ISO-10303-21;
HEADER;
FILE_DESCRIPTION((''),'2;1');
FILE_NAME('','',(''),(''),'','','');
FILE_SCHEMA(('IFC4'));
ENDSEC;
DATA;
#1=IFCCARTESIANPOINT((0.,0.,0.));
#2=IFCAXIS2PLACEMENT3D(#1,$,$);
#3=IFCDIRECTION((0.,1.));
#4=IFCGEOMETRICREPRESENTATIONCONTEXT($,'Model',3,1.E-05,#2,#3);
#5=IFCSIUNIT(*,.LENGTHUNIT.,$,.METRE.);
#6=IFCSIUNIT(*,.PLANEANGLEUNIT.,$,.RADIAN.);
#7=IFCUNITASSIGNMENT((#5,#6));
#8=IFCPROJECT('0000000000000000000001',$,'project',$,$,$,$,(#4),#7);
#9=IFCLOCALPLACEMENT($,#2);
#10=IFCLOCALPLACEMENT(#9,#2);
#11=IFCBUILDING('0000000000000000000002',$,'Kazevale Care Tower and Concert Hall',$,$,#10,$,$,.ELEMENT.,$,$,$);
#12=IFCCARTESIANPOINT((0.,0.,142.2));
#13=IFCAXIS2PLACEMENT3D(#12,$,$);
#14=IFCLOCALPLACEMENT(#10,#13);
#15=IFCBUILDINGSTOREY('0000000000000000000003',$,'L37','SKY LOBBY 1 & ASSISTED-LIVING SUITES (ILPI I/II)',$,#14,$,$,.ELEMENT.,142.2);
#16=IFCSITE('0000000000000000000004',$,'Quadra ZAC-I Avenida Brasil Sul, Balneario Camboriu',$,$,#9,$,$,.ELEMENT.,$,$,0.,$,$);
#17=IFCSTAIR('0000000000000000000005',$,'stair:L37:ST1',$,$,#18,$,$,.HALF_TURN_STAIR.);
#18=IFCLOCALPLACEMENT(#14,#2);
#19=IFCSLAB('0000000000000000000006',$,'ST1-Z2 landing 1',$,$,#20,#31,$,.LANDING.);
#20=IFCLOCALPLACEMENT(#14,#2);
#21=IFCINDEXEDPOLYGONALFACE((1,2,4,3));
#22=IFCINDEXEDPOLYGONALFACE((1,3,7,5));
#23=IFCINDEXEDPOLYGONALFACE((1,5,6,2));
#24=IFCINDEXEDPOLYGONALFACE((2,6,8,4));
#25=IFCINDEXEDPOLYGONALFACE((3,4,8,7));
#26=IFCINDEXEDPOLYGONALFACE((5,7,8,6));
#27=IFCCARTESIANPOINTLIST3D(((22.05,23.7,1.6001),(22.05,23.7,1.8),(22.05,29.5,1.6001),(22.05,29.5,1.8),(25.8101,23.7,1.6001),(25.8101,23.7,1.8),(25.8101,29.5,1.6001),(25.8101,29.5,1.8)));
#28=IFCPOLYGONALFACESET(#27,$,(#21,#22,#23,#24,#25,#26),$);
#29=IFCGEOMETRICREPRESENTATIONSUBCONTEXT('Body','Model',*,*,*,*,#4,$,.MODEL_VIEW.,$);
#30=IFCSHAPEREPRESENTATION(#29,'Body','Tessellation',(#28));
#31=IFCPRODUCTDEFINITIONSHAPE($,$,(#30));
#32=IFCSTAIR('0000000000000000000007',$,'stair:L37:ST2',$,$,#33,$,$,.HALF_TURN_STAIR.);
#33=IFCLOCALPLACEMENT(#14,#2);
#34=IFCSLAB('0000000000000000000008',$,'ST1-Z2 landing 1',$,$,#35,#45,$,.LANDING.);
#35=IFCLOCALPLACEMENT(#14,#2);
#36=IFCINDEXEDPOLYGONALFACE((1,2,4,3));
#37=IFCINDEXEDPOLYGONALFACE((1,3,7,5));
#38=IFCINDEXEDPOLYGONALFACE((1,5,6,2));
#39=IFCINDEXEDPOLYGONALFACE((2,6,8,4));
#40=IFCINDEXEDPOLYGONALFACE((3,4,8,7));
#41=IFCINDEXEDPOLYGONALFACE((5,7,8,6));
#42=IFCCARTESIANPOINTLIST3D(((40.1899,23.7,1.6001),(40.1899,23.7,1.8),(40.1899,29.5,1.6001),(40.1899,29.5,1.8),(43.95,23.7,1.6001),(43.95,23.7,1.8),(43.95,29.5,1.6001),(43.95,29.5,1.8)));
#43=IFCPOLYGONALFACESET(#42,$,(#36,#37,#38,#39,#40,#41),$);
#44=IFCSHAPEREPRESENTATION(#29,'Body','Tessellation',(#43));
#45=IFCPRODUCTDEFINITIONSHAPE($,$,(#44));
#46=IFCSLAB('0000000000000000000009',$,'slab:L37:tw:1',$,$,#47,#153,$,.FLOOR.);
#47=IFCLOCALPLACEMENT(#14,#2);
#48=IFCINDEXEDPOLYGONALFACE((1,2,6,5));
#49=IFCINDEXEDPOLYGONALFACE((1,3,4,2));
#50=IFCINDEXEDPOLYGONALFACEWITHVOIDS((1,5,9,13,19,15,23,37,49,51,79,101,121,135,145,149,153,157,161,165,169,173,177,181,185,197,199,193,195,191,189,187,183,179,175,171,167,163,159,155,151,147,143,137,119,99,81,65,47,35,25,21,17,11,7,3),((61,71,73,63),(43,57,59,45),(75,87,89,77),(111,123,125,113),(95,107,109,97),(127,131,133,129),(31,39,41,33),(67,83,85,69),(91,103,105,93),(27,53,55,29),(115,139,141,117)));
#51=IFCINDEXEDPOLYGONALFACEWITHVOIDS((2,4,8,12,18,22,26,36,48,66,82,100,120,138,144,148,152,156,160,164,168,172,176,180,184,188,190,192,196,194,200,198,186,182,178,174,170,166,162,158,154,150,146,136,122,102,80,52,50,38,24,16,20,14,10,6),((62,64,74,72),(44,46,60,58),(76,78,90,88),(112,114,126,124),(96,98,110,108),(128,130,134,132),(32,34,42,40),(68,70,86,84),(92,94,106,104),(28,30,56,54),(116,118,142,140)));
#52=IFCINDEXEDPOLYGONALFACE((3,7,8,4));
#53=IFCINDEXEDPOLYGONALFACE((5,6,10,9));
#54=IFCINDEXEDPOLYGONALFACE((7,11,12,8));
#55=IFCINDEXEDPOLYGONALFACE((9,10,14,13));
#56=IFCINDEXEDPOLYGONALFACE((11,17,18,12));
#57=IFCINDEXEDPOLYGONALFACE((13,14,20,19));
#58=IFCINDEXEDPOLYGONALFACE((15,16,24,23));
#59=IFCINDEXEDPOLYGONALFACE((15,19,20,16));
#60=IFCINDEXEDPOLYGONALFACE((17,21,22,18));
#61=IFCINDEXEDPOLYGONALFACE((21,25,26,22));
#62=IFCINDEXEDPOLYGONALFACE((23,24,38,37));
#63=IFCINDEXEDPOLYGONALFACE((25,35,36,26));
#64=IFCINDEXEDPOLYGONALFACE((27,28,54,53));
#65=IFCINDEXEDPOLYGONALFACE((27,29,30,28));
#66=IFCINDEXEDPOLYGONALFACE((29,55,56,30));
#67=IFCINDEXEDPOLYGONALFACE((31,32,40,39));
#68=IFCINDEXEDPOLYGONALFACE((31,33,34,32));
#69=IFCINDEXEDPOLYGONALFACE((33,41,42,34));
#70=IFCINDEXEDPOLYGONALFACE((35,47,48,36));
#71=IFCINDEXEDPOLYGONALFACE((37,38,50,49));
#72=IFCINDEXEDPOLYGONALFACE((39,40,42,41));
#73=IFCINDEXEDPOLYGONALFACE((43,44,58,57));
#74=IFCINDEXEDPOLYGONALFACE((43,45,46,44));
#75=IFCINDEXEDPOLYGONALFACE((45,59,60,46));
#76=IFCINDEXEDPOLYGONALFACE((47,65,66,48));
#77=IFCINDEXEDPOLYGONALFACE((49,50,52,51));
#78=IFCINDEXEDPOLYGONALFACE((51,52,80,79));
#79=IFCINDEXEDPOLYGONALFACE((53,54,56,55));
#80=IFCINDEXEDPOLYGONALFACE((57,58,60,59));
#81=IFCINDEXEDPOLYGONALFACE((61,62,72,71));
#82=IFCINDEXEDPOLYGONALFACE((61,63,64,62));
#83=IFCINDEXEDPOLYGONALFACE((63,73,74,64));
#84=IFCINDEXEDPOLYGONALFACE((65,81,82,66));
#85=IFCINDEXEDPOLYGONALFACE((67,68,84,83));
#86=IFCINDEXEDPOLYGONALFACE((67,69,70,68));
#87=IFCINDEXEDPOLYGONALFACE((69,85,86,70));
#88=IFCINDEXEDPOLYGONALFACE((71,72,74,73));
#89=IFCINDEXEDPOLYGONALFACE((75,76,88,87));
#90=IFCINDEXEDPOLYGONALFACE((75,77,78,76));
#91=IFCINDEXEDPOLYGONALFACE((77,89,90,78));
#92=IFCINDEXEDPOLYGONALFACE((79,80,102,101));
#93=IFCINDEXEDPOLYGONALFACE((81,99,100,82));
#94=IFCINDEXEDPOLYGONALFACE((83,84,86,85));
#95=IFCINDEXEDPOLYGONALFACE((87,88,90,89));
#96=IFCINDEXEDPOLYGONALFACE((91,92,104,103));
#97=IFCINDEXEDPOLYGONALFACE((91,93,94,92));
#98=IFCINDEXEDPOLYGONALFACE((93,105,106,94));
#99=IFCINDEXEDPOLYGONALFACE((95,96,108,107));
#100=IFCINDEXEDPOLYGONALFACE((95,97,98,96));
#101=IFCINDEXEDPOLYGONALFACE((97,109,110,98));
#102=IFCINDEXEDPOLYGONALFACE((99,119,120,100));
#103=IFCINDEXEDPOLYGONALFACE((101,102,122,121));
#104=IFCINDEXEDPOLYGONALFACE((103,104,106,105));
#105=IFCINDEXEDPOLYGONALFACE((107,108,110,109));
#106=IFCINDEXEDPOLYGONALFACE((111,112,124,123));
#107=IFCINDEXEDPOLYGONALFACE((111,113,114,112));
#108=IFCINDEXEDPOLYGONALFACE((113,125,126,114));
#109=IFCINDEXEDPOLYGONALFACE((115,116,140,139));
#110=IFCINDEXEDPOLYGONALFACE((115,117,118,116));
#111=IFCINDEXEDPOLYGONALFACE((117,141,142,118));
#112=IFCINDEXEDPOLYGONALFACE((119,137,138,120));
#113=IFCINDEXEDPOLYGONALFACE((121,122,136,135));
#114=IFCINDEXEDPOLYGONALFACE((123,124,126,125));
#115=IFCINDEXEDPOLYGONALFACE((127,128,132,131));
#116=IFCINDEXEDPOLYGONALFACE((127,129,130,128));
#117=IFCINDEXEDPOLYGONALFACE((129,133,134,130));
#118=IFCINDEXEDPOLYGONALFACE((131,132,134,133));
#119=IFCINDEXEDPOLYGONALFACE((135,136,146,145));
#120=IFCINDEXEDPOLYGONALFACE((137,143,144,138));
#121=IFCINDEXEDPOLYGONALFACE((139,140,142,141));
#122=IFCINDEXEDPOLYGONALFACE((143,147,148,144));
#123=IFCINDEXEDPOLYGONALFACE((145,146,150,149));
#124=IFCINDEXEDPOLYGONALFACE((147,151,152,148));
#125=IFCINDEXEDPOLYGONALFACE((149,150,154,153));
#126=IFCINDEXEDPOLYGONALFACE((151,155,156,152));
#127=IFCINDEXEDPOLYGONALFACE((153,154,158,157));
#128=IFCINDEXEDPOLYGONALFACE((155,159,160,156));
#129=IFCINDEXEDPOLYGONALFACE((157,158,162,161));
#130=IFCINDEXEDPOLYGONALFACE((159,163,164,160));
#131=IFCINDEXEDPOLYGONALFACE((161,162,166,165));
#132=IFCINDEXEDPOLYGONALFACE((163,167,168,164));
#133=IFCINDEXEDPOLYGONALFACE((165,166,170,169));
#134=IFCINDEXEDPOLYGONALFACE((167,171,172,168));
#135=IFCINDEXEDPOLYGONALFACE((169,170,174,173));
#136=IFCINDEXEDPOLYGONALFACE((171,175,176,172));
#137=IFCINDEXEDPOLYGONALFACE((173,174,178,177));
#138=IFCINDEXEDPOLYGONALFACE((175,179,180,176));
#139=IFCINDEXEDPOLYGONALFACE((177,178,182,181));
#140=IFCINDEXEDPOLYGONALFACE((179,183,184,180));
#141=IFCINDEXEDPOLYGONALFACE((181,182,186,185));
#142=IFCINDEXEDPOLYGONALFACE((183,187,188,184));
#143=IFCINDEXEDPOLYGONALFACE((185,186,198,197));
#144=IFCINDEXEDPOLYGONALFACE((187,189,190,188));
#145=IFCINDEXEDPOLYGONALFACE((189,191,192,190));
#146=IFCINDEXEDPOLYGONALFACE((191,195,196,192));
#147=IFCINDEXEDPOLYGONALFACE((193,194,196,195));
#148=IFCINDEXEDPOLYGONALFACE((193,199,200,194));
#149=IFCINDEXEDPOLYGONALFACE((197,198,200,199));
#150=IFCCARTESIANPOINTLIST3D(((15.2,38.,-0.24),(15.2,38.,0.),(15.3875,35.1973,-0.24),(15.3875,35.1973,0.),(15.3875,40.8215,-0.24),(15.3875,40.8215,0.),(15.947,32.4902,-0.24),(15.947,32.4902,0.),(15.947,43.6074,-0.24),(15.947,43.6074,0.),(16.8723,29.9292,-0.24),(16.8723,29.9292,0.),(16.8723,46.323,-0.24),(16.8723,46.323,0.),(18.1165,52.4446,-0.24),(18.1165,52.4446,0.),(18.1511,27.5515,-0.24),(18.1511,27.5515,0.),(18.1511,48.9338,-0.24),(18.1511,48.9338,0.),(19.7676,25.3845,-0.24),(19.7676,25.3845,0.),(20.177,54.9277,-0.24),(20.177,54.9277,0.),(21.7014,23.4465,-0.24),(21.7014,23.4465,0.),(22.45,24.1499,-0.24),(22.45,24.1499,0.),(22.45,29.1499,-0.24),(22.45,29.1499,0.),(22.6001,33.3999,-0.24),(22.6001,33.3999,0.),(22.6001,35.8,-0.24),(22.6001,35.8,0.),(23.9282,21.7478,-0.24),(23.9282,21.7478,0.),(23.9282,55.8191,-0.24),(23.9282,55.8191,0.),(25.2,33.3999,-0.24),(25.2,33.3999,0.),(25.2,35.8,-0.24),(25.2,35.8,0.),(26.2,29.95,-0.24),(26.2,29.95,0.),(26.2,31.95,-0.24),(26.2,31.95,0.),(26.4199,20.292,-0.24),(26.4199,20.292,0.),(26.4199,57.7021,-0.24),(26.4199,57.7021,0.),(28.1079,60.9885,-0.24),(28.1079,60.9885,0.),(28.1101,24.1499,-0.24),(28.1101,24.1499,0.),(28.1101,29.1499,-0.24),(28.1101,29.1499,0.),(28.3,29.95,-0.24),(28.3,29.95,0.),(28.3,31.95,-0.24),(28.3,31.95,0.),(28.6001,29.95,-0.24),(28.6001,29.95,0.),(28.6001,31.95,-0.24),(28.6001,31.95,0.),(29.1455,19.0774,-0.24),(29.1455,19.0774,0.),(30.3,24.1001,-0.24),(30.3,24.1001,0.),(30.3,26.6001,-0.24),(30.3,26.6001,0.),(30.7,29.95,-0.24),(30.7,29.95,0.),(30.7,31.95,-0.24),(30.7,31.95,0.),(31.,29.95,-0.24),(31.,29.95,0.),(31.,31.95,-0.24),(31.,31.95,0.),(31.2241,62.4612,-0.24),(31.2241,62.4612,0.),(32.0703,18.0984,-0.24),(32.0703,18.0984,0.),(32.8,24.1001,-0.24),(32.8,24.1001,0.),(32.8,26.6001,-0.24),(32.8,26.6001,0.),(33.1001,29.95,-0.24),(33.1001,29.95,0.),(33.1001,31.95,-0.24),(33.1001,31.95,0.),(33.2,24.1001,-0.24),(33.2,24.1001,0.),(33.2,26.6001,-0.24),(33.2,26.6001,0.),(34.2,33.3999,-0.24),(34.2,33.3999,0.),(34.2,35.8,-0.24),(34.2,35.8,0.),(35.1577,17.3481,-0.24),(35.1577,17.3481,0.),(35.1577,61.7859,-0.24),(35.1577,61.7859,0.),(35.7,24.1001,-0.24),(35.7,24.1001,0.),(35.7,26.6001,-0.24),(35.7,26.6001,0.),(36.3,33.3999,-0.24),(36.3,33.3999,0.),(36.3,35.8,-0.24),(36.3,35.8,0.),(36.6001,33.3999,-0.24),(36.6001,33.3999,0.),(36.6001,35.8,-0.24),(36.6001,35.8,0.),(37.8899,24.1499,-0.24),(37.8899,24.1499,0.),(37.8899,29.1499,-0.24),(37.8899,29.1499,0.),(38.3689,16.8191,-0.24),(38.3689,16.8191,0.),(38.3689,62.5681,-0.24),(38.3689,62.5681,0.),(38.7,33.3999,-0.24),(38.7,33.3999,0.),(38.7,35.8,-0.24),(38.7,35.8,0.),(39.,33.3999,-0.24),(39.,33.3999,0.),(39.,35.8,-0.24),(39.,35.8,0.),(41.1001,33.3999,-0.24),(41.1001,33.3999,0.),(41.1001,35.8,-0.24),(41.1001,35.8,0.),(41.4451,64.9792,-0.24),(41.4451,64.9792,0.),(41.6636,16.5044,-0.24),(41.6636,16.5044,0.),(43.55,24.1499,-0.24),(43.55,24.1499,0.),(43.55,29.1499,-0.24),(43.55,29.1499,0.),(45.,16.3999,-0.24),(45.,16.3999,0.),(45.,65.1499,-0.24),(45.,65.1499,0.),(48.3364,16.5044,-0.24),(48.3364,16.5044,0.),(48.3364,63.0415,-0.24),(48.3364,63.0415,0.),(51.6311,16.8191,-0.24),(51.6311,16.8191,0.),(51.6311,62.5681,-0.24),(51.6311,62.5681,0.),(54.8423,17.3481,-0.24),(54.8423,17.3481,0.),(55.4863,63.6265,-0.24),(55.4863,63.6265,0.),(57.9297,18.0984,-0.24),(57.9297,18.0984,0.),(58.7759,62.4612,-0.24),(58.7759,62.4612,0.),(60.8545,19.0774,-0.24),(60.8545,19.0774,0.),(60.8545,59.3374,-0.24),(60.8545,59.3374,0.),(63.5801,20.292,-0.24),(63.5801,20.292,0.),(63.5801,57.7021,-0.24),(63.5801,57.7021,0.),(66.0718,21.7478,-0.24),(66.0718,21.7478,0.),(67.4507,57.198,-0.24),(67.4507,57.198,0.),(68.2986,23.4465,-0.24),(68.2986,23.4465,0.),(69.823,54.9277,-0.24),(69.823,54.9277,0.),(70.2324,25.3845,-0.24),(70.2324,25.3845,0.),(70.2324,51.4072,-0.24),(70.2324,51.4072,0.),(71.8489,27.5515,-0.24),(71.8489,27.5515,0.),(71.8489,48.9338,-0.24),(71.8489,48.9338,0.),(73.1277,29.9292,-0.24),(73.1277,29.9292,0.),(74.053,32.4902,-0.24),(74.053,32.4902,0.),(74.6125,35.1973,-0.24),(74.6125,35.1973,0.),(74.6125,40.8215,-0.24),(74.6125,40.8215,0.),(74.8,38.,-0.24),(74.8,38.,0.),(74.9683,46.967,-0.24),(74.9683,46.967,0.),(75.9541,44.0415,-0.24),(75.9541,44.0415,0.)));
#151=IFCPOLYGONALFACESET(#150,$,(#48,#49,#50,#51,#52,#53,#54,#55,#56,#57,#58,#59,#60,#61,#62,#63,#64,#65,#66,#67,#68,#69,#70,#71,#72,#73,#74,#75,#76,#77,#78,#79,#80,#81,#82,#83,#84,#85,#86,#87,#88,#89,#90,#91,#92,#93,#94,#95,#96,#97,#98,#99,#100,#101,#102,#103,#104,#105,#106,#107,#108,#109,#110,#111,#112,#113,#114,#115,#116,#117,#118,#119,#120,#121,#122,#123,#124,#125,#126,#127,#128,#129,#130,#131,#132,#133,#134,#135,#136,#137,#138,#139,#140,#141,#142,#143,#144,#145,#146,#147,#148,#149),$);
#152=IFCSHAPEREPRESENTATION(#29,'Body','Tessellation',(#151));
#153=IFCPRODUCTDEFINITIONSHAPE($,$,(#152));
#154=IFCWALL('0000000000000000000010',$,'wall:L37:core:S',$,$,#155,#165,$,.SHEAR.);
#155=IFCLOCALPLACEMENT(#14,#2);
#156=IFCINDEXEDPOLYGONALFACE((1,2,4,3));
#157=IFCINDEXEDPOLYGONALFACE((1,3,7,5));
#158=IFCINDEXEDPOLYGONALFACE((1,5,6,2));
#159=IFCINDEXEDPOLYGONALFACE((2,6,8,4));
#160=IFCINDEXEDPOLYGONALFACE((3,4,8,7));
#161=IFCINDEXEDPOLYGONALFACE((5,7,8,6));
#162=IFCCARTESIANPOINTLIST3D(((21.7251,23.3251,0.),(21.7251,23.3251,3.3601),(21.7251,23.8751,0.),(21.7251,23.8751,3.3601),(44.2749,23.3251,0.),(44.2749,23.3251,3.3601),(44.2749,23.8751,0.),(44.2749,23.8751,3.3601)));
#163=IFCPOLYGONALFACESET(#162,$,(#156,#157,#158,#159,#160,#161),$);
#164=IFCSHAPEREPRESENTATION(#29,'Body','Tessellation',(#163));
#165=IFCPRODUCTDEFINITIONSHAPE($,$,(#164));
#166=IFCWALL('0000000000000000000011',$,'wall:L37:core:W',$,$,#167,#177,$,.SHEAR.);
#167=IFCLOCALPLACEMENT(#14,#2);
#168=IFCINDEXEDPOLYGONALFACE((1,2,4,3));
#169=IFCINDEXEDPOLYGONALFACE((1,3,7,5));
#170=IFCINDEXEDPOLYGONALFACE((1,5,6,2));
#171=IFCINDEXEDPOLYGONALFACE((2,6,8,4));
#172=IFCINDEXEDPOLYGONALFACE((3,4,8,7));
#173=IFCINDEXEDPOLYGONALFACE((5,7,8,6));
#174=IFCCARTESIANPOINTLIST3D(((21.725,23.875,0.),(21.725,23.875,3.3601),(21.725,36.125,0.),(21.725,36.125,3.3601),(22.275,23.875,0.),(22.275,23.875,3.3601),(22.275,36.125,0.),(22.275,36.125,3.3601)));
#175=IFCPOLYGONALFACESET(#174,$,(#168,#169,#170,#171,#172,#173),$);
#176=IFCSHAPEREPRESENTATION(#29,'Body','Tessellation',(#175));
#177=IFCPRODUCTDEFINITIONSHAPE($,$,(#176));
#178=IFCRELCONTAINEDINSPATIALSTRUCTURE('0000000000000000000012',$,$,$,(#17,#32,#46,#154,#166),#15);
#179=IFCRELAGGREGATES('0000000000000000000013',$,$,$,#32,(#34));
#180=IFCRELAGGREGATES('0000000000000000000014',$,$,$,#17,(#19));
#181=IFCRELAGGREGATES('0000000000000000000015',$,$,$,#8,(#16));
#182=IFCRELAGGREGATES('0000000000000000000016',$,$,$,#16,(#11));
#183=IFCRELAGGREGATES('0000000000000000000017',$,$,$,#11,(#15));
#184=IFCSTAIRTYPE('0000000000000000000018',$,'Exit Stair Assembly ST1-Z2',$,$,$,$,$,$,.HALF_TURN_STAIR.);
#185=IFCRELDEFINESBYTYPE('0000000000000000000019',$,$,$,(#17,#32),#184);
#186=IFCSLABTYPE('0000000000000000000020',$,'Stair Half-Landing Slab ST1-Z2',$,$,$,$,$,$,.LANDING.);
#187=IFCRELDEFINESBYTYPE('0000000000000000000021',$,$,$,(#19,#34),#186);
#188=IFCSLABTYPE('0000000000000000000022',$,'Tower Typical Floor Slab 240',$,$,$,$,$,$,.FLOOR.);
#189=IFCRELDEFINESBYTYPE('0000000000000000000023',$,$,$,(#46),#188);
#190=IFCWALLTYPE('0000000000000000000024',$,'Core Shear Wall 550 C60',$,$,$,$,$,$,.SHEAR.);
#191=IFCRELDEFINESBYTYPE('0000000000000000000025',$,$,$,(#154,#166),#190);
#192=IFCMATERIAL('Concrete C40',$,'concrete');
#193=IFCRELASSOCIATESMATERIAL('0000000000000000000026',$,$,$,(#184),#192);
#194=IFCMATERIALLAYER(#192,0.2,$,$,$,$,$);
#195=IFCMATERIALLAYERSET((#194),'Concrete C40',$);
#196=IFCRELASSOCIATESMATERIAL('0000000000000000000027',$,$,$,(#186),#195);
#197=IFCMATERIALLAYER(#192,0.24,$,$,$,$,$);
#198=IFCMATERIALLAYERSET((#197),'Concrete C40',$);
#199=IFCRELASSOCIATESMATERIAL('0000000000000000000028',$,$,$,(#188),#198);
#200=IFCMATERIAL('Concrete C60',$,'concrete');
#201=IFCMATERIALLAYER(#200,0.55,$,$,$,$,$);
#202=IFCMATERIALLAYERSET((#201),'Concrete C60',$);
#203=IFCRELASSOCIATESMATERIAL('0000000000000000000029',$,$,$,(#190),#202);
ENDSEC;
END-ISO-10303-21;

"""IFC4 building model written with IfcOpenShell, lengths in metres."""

from ifc_helpers import new_model, si_unit, direction, frame, frame_2d, origin, place, context, subcontext, project, spatial, polyline, rectangle, outline, extrude, material, layer, layer_set, type_object, element, aggregate, save


model = new_model("IFC4")

# Units and contexts
model_context = context("Model", 3, precision=1e-05, world=origin(), true_north=direction((0.0, 1.0)))
body_context = subcontext(model_context, "Body", "Model", "MODEL_VIEW")
ifc_project = project(units=[si_unit("LENGTHUNIT", "METRE"), si_unit("PLANEANGLEUNIT", "RADIAN")], contexts=[model_context])

# Site, building, storey
site_placement = place(None, origin())
site = spatial("IfcSite", under=ifc_project, at=site_placement, Name="Quadra ZAC-I Avenida Brasil Sul, Balneario Camboriu", CompositionType="ELEMENT", RefElevation=0.0)
building_placement = place(site_placement, origin())
building = spatial("IfcBuilding", under=site, at=building_placement, Name="Kazevale Care Tower and Concert Hall", CompositionType="ELEMENT")
storey_placement = place(building_placement, frame((0.0, 0.0, 142.2)))
storey = spatial("IfcBuildingStorey", under=building, at=storey_placement, Name="L37", Description="SKY LOBBY 1 & ASSISTED-LIVING SUITES (ILPI I/II)", CompositionType="ELEMENT", Elevation=142.2)

# Shared definitions
ifc_material_1 = material(Name="Concrete C60", Category="concrete")

# Shared definitions
ifc_material_2 = material(Name="Concrete C40", Category="concrete")

# Stairs, slabs
stair_type = type_object("IfcStairType", Name="Exit Stair Assembly ST1-Z2", PredefinedType="HALF_TURN_STAIR", material=ifc_material_2)
stair_1_placement = place(storey_placement, origin())
stair_1 = element("IfcStair", 1, at=stair_1_placement, inside=storey, type_object=stair_type, Name="stair:L37:ST1", PredefinedType="HALF_TURN_STAIR")
ifc_layer_1 = layer(ifc_material_2, 0.2)
ifc_layer_set_1 = layer_set([ifc_layer_1], Name="Concrete C40")
slab_type_1 = type_object("IfcSlabType", Name="Stair Half-Landing Slab ST1-Z2", PredefinedType="LANDING", material=ifc_layer_set_1)
slab_1_placement = place(storey_placement, frame((0.0, 0.0, 1.6001)))
slab_1 = element("IfcSlab", 2, at=slab_1_placement, type_object=slab_type_1, Name="ST1-Z2 landing 1", PredefinedType="LANDING", context=body_context, shape_type="SweptSolid", body=[
    extrude(outline(polyline([(22.05, 23.7), (25.8101, 23.7), (25.8101, 29.5), (22.05, 29.5), (22.05, 23.7)])), origin(), (0.0, 0.0, 1.0), 0.2),
])
stair_2_placement = place(storey_placement, origin())
stair_2 = element("IfcStair", 3, at=stair_2_placement, inside=storey, type_object=stair_type, Name="stair:L37:ST2", PredefinedType="HALF_TURN_STAIR")
slab_2_placement = place(storey_placement, frame((0.0, 0.0, 1.6001)))
slab_2 = element("IfcSlab", 4, at=slab_2_placement, type_object=slab_type_1, Name="ST1-Z2 landing 1", PredefinedType="LANDING", context=body_context, shape_type="SweptSolid", body=[
    extrude(outline(polyline([(40.1899, 23.7), (43.95, 23.7), (43.95, 29.5), (40.1899, 29.5), (40.1899, 23.7)])), origin(), (0.0, 0.0, 1.0), 0.2),
])
aggregate(stair_2, [slab_2])

# Slab
ifc_layer_2 = layer(ifc_material_2, 0.24)
ifc_layer_set_2 = layer_set([ifc_layer_2], Name="Concrete C40")
slab_type_2 = type_object("IfcSlabType", Name="Tower Typical Floor Slab 240", PredefinedType="FLOOR", material=ifc_layer_set_2)
slab_3_placement = place(storey_placement, frame((0.0, 0.0, -0.24)))
element("IfcSlab", 5, at=slab_3_placement, inside=storey, type_object=slab_type_2, Name="slab:L37:tw:1", PredefinedType="FLOOR", context=body_context, shape_type="SweptSolid", body=[
    extrude(outline(polyline([(74.8, 38.0), (74.6125, 40.8215), (75.9541, 44.0415), (74.9683, 46.967), (71.8489, 48.9338), (70.2324, 51.4072), (69.823, 54.9277), (67.4507, 57.198), (63.5801, 57.7021), (60.8545, 59.3374), (58.7759, 62.4612), (55.4863, 63.6265), (51.6311, 62.5681), (48.3364, 63.0415), (45.0, 65.1499), (41.4451, 64.9792), (38.3689, 62.5681), (35.1577, 61.7859), (31.2241, 62.4612), (28.1079, 60.9885), (26.4199, 57.7021), (23.9282, 55.8191), (20.177, 54.9277), (18.1165, 52.4446), (18.1511, 48.9338), (16.8723, 46.323), (15.947, 43.6074), (15.3875, 40.8215), (15.2, 38.0), (15.3875, 35.1973), (15.947, 32.4902), (16.8723, 29.9292), (18.1511, 27.5515), (19.7676, 25.3845), (21.7014, 23.4465), (23.9282, 21.7478), (26.4199, 20.292), (29.1455, 19.0774), (32.0703, 18.0984), (35.1577, 17.3481), (38.3689, 16.8191), (41.6636, 16.5044), (45.0, 16.3999), (48.3364, 16.5044), (51.6311, 16.8191), (54.8423, 17.3481), (57.9297, 18.0984), (60.8545, 19.0774), (63.5801, 20.292), (66.0718, 21.7478), (68.2986, 23.4465), (70.2324, 25.3845), (71.8489, 27.5515), (73.1277, 29.9292), (74.053, 32.4902), (74.6125, 35.1973), (74.8, 38.0)]), holes=[polyline([(22.45, 24.1499), (28.1101, 24.1499), (28.1101, 29.1499), (22.45, 29.1499), (22.45, 24.1499)]), polyline([(37.8899, 24.1499), (43.55, 24.1499), (43.55, 29.1499), (37.8899, 29.1499), (37.8899, 24.1499)]), polyline([(30.3, 24.1001), (32.8, 24.1001), (32.8, 26.6001), (30.3, 26.6001), (30.3, 24.1001)]), polyline([(33.2, 24.1001), (35.7, 24.1001), (35.7, 26.6001), (33.2, 26.6001), (33.2, 24.1001)]), polyline([(22.6001, 33.3999), (25.2, 33.3999), (25.2, 35.8), (22.6001, 35.8), (22.6001, 33.3999)]), polyline([(34.2, 33.3999), (36.3, 33.3999), (36.3, 35.8), (34.2, 35.8), (34.2, 33.3999)]), polyline([(36.6001, 33.3999), (38.7, 33.3999), (38.7, 35.8), (36.6001, 35.8), (36.6001, 33.3999)]), polyline([(39.0, 33.3999), (41.1001, 33.3999), (41.1001, 35.8), (39.0, 35.8), (39.0, 33.3999)]), polyline([(26.2, 29.95), (28.3, 29.95), (28.3, 31.95), (26.2, 31.95), (26.2, 29.95)]), polyline([(28.6001, 29.95), (30.7, 29.95), (30.7, 31.95), (28.6001, 31.95), (28.6001, 29.95)]), polyline([(31.0, 29.95), (33.1001, 29.95), (33.1001, 31.95), (31.0, 31.95), (31.0, 29.95)])]), origin(), (0.0, 0.0, 1.0), 0.24),
])

# Walls
ifc_layer_3 = layer(ifc_material_1, 0.55)
ifc_layer_set_3 = layer_set([ifc_layer_3], Name="Concrete C60")
wall_type_1 = type_object("IfcWallType", Name="Core Shear Wall 550 C60", PredefinedType="SHEAR", material=ifc_layer_set_3)
wall_1_placement = place(storey_placement, frame((21.7251, 23.6001, 0.0), z_axis=(0.0, 0.0, 1.0), x_axis=(1.0, 0.0, 0.0)))
element("IfcWall", 6, at=wall_1_placement, inside=storey, type_object=wall_type_1, Name="wall:L37:core:S", PredefinedType="SHEAR", context=body_context, shape_type="SweptSolid", body=[
    extrude(rectangle(XDim=22.5498, YDim=0.55, at=frame_2d((11.2749, 0.0))), origin(), (0.0, 0.0, 1.0), 3.3601),
])
wall_2_placement = place(storey_placement, frame((22.0, 23.875, 0.0), z_axis=(0.0, 0.0, 1.0), x_axis=(0.0, 1.0, 0.0)))
element("IfcWall", 7, at=wall_2_placement, inside=storey, type_object=wall_type_1, Name="wall:L37:core:W", PredefinedType="SHEAR", context=body_context, shape_type="SweptSolid", body=[
    extrude(rectangle(XDim=12.25, YDim=0.55, at=frame_2d((6.125, 0.0))), origin(), (0.0, 0.0, 1.0), 3.3601),
])

aggregate(stair_1, [slab_1])

save(model, "model.ifc")
